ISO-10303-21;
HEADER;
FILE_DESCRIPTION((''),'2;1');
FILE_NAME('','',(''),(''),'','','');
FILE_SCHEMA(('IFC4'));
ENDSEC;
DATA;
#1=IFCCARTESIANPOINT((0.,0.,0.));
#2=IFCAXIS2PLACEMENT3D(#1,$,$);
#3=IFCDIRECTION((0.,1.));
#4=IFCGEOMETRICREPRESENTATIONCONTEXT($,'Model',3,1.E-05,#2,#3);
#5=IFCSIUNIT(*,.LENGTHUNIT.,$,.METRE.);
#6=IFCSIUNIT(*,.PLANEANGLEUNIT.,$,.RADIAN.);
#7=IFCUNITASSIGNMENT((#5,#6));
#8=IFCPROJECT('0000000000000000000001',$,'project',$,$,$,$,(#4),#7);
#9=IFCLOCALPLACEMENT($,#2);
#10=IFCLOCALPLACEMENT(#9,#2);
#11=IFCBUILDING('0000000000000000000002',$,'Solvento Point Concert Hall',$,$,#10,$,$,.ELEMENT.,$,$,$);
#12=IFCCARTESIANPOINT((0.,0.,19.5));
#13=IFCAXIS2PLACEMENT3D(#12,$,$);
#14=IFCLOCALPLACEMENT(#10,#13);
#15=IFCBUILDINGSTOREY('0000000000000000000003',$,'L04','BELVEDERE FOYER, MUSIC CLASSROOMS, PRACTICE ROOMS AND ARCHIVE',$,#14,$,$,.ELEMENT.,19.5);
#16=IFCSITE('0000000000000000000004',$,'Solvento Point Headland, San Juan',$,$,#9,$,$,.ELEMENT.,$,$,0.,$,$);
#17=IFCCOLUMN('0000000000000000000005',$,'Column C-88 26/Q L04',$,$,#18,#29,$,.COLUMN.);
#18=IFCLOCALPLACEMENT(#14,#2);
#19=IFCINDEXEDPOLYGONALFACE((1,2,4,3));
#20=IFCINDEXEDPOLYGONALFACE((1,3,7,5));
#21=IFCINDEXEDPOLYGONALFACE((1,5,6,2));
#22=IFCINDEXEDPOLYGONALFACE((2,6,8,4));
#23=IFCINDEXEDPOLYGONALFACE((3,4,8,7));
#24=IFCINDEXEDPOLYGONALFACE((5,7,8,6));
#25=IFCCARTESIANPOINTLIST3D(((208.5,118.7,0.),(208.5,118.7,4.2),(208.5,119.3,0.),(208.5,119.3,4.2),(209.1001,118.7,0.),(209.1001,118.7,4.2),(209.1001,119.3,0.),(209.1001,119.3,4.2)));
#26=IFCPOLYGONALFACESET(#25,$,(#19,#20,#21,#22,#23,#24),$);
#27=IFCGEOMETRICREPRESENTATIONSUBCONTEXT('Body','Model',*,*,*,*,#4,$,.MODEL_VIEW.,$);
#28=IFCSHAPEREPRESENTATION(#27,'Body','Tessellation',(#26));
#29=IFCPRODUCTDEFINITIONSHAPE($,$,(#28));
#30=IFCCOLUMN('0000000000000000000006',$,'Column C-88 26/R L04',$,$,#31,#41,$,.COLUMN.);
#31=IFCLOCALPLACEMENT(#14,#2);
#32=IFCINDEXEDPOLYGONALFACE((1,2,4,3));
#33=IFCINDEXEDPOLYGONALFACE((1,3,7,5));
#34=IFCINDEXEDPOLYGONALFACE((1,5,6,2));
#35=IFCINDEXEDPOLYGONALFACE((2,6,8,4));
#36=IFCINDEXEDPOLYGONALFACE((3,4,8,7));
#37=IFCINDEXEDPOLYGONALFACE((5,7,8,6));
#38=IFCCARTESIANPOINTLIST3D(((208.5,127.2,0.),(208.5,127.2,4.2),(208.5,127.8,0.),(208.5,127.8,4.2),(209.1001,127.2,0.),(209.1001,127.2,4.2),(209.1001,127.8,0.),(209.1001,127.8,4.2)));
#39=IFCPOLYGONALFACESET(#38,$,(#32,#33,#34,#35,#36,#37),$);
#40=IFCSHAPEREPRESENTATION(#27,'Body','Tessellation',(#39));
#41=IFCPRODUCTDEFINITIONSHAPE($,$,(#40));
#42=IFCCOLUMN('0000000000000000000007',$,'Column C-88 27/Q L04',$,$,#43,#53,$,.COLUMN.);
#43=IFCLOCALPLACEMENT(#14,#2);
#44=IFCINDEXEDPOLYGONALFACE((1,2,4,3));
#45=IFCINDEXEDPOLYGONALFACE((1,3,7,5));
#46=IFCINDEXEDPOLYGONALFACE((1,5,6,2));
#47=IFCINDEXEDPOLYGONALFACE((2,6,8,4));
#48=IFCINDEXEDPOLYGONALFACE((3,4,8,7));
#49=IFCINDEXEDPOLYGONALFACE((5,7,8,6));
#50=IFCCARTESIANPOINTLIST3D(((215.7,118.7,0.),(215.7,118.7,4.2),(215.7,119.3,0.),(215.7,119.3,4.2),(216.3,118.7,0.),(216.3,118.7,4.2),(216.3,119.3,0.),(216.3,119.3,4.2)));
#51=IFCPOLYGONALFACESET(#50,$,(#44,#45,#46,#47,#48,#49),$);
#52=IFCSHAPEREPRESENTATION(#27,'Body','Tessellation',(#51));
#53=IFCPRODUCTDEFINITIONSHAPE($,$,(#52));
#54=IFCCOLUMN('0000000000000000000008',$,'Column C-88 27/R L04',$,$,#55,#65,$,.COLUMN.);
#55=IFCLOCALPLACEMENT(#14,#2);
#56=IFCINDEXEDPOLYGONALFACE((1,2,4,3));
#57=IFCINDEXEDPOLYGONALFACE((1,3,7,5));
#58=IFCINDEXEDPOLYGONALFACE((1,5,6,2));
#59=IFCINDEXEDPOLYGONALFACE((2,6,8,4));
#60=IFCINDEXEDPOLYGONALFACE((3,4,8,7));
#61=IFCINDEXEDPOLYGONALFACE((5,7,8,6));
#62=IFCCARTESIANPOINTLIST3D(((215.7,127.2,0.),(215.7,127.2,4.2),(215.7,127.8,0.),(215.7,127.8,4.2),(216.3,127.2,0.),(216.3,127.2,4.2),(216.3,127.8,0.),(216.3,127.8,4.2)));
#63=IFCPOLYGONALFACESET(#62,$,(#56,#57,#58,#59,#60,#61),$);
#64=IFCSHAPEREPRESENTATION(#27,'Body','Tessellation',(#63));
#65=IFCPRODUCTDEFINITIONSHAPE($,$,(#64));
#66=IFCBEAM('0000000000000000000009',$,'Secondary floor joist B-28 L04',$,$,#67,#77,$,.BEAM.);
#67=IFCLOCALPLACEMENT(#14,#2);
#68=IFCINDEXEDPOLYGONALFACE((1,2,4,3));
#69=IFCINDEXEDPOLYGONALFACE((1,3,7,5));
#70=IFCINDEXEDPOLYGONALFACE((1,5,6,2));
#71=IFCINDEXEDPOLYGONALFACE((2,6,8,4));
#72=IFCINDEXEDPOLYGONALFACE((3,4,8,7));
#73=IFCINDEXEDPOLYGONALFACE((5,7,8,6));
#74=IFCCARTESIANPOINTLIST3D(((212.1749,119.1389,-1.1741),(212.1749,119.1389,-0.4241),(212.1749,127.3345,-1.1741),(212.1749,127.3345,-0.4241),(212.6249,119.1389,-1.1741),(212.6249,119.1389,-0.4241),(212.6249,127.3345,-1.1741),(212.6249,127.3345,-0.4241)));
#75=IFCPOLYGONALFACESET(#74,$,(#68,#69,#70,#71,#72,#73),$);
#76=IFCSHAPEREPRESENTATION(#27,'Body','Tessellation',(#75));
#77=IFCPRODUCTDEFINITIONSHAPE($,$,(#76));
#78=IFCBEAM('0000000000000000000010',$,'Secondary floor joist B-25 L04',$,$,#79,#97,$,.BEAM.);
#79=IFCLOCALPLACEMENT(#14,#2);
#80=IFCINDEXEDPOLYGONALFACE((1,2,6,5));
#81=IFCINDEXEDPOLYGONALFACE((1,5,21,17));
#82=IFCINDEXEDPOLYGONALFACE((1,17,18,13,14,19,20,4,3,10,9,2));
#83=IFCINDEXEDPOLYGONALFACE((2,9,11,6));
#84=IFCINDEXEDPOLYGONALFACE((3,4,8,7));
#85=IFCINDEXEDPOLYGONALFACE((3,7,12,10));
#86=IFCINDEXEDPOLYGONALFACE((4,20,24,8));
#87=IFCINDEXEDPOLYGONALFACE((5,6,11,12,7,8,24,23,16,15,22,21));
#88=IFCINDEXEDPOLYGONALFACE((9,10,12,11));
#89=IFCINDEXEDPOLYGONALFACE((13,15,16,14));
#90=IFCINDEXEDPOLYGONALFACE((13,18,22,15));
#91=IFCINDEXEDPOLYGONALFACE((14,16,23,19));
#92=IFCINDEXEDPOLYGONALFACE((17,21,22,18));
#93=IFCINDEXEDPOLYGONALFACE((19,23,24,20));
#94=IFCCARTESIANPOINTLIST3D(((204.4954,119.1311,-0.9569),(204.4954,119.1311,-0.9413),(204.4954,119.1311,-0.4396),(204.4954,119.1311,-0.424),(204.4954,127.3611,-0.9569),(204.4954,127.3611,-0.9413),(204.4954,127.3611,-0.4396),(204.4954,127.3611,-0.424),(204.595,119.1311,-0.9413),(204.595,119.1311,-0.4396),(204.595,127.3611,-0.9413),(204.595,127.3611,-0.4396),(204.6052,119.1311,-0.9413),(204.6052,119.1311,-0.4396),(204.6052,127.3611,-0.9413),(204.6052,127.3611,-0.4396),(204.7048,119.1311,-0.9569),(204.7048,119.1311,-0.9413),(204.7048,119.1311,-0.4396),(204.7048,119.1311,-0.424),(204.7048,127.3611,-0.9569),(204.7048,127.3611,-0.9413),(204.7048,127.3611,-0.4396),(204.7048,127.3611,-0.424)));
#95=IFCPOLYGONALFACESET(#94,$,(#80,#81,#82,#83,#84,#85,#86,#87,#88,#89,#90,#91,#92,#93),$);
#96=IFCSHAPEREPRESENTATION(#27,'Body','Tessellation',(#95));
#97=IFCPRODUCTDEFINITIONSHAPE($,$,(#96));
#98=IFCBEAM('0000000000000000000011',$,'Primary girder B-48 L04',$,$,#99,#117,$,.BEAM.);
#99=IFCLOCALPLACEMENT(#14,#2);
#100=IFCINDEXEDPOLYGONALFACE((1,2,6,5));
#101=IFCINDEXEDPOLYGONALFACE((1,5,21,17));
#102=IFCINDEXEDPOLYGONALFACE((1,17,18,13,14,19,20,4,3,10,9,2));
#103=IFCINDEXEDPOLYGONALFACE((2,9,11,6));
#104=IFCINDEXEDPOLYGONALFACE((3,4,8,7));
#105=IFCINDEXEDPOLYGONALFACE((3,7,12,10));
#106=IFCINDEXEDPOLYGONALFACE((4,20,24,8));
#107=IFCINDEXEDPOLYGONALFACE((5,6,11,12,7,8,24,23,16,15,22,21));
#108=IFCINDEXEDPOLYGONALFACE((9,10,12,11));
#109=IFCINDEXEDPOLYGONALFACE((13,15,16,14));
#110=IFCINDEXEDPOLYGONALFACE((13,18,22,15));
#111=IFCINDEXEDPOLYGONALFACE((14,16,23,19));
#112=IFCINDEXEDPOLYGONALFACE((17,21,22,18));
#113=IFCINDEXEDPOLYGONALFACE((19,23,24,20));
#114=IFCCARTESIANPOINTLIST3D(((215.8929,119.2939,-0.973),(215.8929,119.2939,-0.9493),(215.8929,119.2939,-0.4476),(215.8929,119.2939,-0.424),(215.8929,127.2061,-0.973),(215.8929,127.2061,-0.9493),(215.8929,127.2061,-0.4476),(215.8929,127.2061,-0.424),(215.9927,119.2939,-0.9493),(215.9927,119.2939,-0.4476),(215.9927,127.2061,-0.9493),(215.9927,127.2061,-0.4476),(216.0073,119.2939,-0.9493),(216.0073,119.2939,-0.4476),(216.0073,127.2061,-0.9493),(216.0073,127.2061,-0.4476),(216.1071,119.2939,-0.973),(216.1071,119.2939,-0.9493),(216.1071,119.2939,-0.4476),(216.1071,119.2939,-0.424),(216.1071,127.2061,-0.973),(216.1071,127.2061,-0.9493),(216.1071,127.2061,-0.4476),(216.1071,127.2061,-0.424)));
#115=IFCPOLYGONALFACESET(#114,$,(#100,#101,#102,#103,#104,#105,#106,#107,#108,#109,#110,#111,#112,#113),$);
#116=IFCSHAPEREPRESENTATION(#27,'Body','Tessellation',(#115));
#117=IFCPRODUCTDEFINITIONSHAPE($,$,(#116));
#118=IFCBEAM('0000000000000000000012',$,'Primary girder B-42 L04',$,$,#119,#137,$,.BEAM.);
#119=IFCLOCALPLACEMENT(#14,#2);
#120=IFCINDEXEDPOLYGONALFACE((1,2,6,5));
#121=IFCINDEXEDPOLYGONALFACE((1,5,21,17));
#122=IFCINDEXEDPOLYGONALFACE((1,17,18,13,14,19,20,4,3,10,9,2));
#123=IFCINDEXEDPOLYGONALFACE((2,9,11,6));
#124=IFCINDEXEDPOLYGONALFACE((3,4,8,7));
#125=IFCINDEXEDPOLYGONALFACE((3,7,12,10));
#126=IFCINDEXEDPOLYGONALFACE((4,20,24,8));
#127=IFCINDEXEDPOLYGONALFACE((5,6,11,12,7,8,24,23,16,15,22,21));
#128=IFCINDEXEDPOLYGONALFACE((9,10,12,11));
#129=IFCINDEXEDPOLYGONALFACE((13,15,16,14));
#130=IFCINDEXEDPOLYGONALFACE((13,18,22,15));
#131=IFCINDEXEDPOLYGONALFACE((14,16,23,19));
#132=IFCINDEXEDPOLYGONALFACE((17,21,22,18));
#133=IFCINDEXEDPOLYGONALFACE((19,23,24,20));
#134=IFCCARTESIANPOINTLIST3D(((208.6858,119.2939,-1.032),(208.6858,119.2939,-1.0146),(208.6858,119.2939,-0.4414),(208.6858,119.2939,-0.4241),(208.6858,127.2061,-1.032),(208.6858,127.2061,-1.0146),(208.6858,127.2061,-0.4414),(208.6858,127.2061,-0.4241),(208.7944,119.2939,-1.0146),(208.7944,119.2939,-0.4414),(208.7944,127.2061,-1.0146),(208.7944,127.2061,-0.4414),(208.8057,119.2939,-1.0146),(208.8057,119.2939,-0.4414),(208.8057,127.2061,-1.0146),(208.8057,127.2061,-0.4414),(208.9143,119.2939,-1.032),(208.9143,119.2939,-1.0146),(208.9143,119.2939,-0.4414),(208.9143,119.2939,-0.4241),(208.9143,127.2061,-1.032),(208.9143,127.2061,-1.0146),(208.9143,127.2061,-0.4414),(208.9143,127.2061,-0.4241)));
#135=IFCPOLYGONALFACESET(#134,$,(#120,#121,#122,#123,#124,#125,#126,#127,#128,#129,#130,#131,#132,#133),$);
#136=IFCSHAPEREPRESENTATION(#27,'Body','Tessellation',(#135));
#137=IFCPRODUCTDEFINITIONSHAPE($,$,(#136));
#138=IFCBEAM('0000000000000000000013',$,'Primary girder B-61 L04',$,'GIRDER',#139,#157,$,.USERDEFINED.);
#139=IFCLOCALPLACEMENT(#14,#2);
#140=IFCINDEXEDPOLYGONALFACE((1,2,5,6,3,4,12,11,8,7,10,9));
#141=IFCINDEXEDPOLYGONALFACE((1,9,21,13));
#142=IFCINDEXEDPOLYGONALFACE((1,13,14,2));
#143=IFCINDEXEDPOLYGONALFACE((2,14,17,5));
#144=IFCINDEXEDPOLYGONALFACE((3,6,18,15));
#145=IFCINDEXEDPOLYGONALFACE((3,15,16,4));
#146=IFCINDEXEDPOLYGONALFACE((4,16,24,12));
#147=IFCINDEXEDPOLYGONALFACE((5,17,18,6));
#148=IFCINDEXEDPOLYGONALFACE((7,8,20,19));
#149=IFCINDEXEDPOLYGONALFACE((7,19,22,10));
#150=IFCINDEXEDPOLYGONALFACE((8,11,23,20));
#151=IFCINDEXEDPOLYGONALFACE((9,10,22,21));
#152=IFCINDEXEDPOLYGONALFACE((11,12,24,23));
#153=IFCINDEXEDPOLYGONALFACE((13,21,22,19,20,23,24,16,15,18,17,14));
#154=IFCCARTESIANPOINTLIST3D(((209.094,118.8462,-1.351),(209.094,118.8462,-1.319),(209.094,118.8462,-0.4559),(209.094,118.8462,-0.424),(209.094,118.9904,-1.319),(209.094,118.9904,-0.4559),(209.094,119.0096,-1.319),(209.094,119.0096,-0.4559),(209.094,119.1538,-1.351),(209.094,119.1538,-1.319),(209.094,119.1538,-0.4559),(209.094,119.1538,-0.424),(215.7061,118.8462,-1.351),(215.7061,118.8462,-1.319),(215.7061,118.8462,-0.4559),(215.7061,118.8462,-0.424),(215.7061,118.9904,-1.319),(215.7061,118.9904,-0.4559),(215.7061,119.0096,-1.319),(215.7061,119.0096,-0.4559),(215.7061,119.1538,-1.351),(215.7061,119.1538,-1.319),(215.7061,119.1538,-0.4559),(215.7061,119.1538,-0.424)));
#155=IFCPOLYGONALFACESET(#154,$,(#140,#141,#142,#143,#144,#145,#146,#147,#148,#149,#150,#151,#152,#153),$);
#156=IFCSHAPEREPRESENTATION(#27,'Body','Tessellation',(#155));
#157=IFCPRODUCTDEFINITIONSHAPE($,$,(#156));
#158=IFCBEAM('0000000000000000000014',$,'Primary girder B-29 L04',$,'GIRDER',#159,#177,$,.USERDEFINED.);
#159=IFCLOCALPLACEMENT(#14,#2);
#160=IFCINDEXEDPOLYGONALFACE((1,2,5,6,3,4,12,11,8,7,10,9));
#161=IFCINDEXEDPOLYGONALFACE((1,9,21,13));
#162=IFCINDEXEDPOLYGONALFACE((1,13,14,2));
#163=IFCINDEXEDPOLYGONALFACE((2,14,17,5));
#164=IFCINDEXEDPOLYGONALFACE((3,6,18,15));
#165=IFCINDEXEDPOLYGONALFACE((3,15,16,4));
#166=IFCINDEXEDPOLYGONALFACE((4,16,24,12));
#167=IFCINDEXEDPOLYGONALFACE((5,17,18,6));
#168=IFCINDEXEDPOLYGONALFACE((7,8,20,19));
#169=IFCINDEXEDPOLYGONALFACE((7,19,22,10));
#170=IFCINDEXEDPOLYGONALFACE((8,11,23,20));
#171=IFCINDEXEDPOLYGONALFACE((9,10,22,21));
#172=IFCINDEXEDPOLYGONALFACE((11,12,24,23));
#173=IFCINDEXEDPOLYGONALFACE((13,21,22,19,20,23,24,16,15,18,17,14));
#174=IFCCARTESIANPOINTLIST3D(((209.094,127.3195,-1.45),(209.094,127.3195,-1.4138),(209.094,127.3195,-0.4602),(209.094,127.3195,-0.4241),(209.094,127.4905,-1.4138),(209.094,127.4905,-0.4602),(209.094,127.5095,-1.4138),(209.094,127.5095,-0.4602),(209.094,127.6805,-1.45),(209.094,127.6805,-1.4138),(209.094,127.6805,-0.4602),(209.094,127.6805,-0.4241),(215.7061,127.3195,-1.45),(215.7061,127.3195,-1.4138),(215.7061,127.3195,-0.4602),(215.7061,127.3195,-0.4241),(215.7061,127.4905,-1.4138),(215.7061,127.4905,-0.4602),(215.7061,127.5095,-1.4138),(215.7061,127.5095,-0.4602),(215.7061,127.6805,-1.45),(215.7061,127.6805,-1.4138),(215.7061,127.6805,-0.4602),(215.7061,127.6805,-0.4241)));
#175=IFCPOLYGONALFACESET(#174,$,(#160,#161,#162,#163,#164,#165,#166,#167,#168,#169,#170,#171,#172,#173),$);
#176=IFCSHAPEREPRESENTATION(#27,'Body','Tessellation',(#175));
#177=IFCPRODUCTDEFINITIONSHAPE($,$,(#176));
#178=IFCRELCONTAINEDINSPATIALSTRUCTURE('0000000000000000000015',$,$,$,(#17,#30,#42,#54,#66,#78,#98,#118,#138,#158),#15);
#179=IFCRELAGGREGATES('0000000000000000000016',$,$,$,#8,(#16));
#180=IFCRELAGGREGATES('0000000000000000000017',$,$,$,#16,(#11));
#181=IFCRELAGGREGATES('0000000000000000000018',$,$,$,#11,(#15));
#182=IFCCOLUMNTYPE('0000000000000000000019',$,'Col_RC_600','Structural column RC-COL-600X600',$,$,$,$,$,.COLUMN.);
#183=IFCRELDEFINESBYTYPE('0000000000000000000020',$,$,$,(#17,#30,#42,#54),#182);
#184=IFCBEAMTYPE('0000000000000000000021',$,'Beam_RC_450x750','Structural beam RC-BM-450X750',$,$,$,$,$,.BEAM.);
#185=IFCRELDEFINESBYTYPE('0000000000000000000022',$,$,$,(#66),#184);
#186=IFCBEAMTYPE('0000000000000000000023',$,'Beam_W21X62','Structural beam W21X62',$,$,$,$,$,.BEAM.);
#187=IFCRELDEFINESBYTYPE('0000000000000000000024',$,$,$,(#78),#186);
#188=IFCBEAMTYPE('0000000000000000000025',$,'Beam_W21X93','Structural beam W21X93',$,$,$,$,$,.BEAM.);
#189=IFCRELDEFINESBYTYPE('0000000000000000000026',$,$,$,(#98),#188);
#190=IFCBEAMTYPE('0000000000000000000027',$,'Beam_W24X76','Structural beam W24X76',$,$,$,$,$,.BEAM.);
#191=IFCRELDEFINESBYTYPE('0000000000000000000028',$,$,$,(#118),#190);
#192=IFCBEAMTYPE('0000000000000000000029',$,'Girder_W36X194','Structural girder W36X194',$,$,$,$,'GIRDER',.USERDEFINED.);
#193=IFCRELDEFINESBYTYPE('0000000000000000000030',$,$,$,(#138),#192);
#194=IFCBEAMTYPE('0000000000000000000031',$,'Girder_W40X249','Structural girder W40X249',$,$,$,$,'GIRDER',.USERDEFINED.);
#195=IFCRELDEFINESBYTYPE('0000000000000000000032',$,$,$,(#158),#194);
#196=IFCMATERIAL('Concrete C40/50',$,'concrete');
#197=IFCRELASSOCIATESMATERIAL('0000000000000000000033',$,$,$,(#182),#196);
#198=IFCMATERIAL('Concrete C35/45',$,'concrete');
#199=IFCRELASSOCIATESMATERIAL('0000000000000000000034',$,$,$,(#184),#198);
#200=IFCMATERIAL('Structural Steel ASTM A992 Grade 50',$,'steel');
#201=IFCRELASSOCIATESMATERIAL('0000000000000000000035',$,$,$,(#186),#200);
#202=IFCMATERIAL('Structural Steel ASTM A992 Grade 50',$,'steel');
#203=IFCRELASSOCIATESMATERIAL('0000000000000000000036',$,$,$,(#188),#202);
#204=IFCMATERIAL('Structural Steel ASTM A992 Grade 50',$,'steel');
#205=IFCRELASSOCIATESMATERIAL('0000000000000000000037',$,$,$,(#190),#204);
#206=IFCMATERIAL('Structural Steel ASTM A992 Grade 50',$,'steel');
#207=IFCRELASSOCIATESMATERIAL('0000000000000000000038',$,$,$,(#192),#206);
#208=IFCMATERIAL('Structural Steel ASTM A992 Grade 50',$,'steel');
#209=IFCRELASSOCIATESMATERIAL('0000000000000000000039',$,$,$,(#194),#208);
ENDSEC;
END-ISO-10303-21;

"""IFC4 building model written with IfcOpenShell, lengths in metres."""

from ifc_helpers import new_model, si_unit, direction, frame, origin, origin_2d, place, context, subcontext, project, spatial, rectangle, i_section, extrude, material, material_profile, profile_set, type_object, element, save


model = new_model("IFC4")

# Units and contexts
model_context = context("Model", 3, precision=1e-05, world=origin(), true_north=direction((0.0, 1.0)))
body_context = subcontext(model_context, "Body", "Model", "MODEL_VIEW")
ifc_project = project(units=[si_unit("LENGTHUNIT", "METRE"), si_unit("PLANEANGLEUNIT", "RADIAN")], contexts=[model_context])

# Site, building, storey
site_placement = place(None, origin())
site = spatial("IfcSite", under=ifc_project, at=site_placement, Name="Solvento Point Headland, San Juan", CompositionType="ELEMENT", RefElevation=0.0)
building_placement = place(site_placement, origin())
building = spatial("IfcBuilding", under=site, at=building_placement, Name="Solvento Point Concert Hall", CompositionType="ELEMENT")
storey_placement = place(building_placement, frame((0.0, 0.0, 19.5)))
storey = spatial("IfcBuildingStorey", under=building, at=storey_placement, Name="L04", Description="BELVEDERE FOYER, MUSIC CLASSROOMS, PRACTICE ROOMS AND ARCHIVE", CompositionType="ELEMENT", Elevation=19.5)

# Columns
ifc_material_1 = material(Name="Concrete C40/50", Category="concrete")
ifc_material_profile_1 = material_profile(ifc_material_1, rectangle(XDim=0.6001, YDim=0.6001, at=origin_2d()), Name="RC-COL-600X600")
ifc_profile_set_1 = profile_set([ifc_material_profile_1], Name="Concrete C40/50")
column_type = type_object("IfcColumnType", Name="Col_RC_600", Description="Structural column RC-COL-600X600", PredefinedType="COLUMN", material=ifc_profile_set_1)
for number, where, z_axis, x_axis, name in (
    (1, (208.8, 119.0, 0.0), (0.0, 0.0, 1.0), (1.0, 0.0, 0.0), "Column C-88 26/Q L04"),
    (2, (208.8, 127.5, 0.0), (0.0, 0.0, 1.0), (1.0, 0.0, 0.0), "Column C-88 26/R L04"),
    (3, (216.0, 119.0, 0.0), (0.0, 0.0, 1.0), (1.0, 0.0, 0.0), "Column C-88 27/Q L04"),
    (4, (216.0, 127.5, 0.0), (0.0, 0.0, 1.0), (1.0, 0.0, 0.0), "Column C-88 27/R L04"),
):
    element("IfcColumn", number, at=place(storey_placement, frame(where, z_axis=z_axis, x_axis=x_axis)), inside=storey, type_object=column_type, Name=name, PredefinedType="COLUMN", context=body_context, shape_type="SweptSolid", body=[
        extrude(rectangle(XDim=0.6001, YDim=0.6001, at=origin_2d()), origin(), (0.0, 0.0, 1.0), 4.2),
    ])

# Beams
ifc_material_2 = material(Name="Concrete C35/45", Category="concrete")
ifc_material_profile_2 = material_profile(ifc_material_2, rectangle(XDim=0.45, YDim=0.75, at=origin_2d()), Name="RC-BM-450X750")
ifc_profile_set_2 = profile_set([ifc_material_profile_2], Name="Concrete C35/45")
beam_type_1 = type_object("IfcBeamType", Name="Beam_RC_450x750", Description="Structural beam RC-BM-450X750", PredefinedType="BEAM", material=ifc_profile_set_2)
beam_1_placement = place(storey_placement, frame((212.3999, 119.1389, -0.7991), z_axis=(0.0, 1.0, 0.0), x_axis=(-1.0, 0.0, 0.0)))
element("IfcBeam", 5, at=beam_1_placement, inside=storey, type_object=beam_type_1, Name="Secondary floor joist B-28 L04", PredefinedType="BEAM", context=body_context, shape_type="SweptSolid", body=[
    extrude(rectangle(XDim=0.45, YDim=0.75, at=origin_2d()), origin(), (0.0, 0.0, 1.0), 8.1956),
])
ifc_material_3 = material(Name="Structural Steel ASTM A992 Grade 50", Category="steel")
ifc_material_profile_3 = material_profile(ifc_material_3, i_section(OverallWidth=0.2095, OverallDepth=0.533, WebThickness=0.0103, FlangeThickness=0.0156, at=origin_2d()), Name="W21X62")
ifc_profile_set_3 = profile_set([ifc_material_profile_3], Name="Structural Steel ASTM A992 Grade 50")
beam_type_2 = type_object("IfcBeamType", Name="Beam_W21X62", Description="Structural beam W21X62", PredefinedType="BEAM", material=ifc_profile_set_3)
beam_2_placement = place(storey_placement, frame((204.6001, 119.1311, -0.6904), z_axis=(0.0, 1.0, 0.0), x_axis=(-1.0, 0.0, 0.0)))
element("IfcBeam", 6, at=beam_2_placement, inside=storey, type_object=beam_type_2, Name="Secondary floor joist B-25 L04", PredefinedType="BEAM", context=body_context, shape_type="SweptSolid", body=[
    extrude(i_section(OverallWidth=0.2095, OverallDepth=0.533, WebThickness=0.0103, FlangeThickness=0.0156, at=origin_2d()), origin(), (0.0, 0.0, 1.0), 8.23),
])
ifc_material_4 = material(Name="Structural Steel ASTM A992 Grade 50", Category="steel")
ifc_material_profile_4 = material_profile(ifc_material_4, i_section(OverallWidth=0.2141, OverallDepth=0.5491, WebThickness=0.0146, FlangeThickness=0.0237, at=origin_2d()), Name="W21X93")
ifc_profile_set_4 = profile_set([ifc_material_profile_4], Name="Structural Steel ASTM A992 Grade 50")
beam_type_3 = type_object("IfcBeamType", Name="Beam_W21X93", Description="Structural beam W21X93", PredefinedType="BEAM", material=ifc_profile_set_4)
beam_3_placement = place(storey_placement, frame((216.0, 119.2939, -0.6985), z_axis=(0.0, 1.0, 0.0), x_axis=(-1.0, 0.0, 0.0)))
element("IfcBeam", 7, at=beam_3_placement, inside=storey, type_object=beam_type_3, Name="Primary girder B-48 L04", PredefinedType="BEAM", context=body_context, shape_type="SweptSolid", body=[
    extrude(i_section(OverallWidth=0.2141, OverallDepth=0.5491, WebThickness=0.0146, FlangeThickness=0.0237, at=origin_2d()), origin(), (0.0, 0.0, 1.0), 7.9121),
])
ifc_material_5 = material(Name="Structural Steel ASTM A992 Grade 50", Category="steel")
ifc_material_profile_5 = material_profile(ifc_material_5, i_section(OverallWidth=0.2285, OverallDepth=0.6079, WebThickness=0.0112, FlangeThickness=0.0173, at=origin_2d()), Name="W24X76")
ifc_profile_set_5 = profile_set([ifc_material_profile_5], Name="Structural Steel ASTM A992 Grade 50")
beam_type_4 = type_object("IfcBeamType", Name="Beam_W24X76", Description="Structural beam W24X76", PredefinedType="BEAM", material=ifc_profile_set_5)
beam_4_placement = place(storey_placement, frame((208.8, 119.2939, -0.728), z_axis=(0.0, 1.0, 0.0), x_axis=(-1.0, 0.0, 0.0)))
element("IfcBeam", 8, at=beam_4_placement, inside=storey, type_object=beam_type_4, Name="Primary girder B-42 L04", PredefinedType="BEAM", context=body_context, shape_type="SweptSolid", body=[
    extrude(i_section(OverallWidth=0.2285, OverallDepth=0.6079, WebThickness=0.0112, FlangeThickness=0.0173, at=origin_2d()), origin(), (0.0, 0.0, 1.0), 7.9121),
])
ifc_material_6 = material(Name="Structural Steel ASTM A992 Grade 50", Category="steel")
ifc_material_profile_6 = material_profile(ifc_material_6, i_section(OverallWidth=0.3076, OverallDepth=0.927, WebThickness=0.0193, FlangeThickness=0.032, at=origin_2d()), Name="W36X194")
ifc_profile_set_6 = profile_set([ifc_material_profile_6], Name="Structural Steel ASTM A992 Grade 50")
beam_type_5 = type_object("IfcBeamType", Name="Girder_W36X194", Description="Structural girder W36X194", ElementType="GIRDER", PredefinedType="USERDEFINED", material=ifc_profile_set_6)
beam_5_placement = place(storey_placement, frame((209.094, 119.0, -0.8875), z_axis=(1.0, 0.0, 0.0), x_axis=(0.0, 1.0, 0.0)))
element("IfcBeam", 9, at=beam_5_placement, inside=storey, type_object=beam_type_5, Name="Primary girder B-61 L04", ObjectType="GIRDER", PredefinedType="USERDEFINED", context=body_context, shape_type="SweptSolid", body=[
    extrude(i_section(OverallWidth=0.3076, OverallDepth=0.927, WebThickness=0.0193, FlangeThickness=0.032, at=origin_2d()), origin(), (0.0, 0.0, 1.0), 6.6121),
])
ifc_material_7 = material(Name="Structural Steel ASTM A992 Grade 50", Category="steel")
ifc_material_profile_7 = material_profile(ifc_material_7, i_section(OverallWidth=0.3611, OverallDepth=1.0259, WebThickness=0.019, FlangeThickness=0.0361, at=origin_2d()), Name="W40X249")
ifc_profile_set_7 = profile_set([ifc_material_profile_7], Name="Structural Steel ASTM A992 Grade 50")
beam_type_6 = type_object("IfcBeamType", Name="Girder_W40X249", Description="Structural girder W40X249", ElementType="GIRDER", PredefinedType="USERDEFINED", material=ifc_profile_set_7)
beam_6_placement = place(storey_placement, frame((209.094, 127.5, -0.937), z_axis=(1.0, 0.0, 0.0), x_axis=(0.0, 1.0, 0.0)))
element("IfcBeam", 10, at=beam_6_placement, inside=storey, type_object=beam_type_6, Name="Primary girder B-29 L04", ObjectType="GIRDER", PredefinedType="USERDEFINED", context=body_context, shape_type="SweptSolid", body=[
    extrude(i_section(OverallWidth=0.3611, OverallDepth=1.0259, WebThickness=0.019, FlangeThickness=0.0361, at=origin_2d()), origin(), (0.0, 0.0, 1.0), 6.6121),
])

save(model, "model.ifc")
